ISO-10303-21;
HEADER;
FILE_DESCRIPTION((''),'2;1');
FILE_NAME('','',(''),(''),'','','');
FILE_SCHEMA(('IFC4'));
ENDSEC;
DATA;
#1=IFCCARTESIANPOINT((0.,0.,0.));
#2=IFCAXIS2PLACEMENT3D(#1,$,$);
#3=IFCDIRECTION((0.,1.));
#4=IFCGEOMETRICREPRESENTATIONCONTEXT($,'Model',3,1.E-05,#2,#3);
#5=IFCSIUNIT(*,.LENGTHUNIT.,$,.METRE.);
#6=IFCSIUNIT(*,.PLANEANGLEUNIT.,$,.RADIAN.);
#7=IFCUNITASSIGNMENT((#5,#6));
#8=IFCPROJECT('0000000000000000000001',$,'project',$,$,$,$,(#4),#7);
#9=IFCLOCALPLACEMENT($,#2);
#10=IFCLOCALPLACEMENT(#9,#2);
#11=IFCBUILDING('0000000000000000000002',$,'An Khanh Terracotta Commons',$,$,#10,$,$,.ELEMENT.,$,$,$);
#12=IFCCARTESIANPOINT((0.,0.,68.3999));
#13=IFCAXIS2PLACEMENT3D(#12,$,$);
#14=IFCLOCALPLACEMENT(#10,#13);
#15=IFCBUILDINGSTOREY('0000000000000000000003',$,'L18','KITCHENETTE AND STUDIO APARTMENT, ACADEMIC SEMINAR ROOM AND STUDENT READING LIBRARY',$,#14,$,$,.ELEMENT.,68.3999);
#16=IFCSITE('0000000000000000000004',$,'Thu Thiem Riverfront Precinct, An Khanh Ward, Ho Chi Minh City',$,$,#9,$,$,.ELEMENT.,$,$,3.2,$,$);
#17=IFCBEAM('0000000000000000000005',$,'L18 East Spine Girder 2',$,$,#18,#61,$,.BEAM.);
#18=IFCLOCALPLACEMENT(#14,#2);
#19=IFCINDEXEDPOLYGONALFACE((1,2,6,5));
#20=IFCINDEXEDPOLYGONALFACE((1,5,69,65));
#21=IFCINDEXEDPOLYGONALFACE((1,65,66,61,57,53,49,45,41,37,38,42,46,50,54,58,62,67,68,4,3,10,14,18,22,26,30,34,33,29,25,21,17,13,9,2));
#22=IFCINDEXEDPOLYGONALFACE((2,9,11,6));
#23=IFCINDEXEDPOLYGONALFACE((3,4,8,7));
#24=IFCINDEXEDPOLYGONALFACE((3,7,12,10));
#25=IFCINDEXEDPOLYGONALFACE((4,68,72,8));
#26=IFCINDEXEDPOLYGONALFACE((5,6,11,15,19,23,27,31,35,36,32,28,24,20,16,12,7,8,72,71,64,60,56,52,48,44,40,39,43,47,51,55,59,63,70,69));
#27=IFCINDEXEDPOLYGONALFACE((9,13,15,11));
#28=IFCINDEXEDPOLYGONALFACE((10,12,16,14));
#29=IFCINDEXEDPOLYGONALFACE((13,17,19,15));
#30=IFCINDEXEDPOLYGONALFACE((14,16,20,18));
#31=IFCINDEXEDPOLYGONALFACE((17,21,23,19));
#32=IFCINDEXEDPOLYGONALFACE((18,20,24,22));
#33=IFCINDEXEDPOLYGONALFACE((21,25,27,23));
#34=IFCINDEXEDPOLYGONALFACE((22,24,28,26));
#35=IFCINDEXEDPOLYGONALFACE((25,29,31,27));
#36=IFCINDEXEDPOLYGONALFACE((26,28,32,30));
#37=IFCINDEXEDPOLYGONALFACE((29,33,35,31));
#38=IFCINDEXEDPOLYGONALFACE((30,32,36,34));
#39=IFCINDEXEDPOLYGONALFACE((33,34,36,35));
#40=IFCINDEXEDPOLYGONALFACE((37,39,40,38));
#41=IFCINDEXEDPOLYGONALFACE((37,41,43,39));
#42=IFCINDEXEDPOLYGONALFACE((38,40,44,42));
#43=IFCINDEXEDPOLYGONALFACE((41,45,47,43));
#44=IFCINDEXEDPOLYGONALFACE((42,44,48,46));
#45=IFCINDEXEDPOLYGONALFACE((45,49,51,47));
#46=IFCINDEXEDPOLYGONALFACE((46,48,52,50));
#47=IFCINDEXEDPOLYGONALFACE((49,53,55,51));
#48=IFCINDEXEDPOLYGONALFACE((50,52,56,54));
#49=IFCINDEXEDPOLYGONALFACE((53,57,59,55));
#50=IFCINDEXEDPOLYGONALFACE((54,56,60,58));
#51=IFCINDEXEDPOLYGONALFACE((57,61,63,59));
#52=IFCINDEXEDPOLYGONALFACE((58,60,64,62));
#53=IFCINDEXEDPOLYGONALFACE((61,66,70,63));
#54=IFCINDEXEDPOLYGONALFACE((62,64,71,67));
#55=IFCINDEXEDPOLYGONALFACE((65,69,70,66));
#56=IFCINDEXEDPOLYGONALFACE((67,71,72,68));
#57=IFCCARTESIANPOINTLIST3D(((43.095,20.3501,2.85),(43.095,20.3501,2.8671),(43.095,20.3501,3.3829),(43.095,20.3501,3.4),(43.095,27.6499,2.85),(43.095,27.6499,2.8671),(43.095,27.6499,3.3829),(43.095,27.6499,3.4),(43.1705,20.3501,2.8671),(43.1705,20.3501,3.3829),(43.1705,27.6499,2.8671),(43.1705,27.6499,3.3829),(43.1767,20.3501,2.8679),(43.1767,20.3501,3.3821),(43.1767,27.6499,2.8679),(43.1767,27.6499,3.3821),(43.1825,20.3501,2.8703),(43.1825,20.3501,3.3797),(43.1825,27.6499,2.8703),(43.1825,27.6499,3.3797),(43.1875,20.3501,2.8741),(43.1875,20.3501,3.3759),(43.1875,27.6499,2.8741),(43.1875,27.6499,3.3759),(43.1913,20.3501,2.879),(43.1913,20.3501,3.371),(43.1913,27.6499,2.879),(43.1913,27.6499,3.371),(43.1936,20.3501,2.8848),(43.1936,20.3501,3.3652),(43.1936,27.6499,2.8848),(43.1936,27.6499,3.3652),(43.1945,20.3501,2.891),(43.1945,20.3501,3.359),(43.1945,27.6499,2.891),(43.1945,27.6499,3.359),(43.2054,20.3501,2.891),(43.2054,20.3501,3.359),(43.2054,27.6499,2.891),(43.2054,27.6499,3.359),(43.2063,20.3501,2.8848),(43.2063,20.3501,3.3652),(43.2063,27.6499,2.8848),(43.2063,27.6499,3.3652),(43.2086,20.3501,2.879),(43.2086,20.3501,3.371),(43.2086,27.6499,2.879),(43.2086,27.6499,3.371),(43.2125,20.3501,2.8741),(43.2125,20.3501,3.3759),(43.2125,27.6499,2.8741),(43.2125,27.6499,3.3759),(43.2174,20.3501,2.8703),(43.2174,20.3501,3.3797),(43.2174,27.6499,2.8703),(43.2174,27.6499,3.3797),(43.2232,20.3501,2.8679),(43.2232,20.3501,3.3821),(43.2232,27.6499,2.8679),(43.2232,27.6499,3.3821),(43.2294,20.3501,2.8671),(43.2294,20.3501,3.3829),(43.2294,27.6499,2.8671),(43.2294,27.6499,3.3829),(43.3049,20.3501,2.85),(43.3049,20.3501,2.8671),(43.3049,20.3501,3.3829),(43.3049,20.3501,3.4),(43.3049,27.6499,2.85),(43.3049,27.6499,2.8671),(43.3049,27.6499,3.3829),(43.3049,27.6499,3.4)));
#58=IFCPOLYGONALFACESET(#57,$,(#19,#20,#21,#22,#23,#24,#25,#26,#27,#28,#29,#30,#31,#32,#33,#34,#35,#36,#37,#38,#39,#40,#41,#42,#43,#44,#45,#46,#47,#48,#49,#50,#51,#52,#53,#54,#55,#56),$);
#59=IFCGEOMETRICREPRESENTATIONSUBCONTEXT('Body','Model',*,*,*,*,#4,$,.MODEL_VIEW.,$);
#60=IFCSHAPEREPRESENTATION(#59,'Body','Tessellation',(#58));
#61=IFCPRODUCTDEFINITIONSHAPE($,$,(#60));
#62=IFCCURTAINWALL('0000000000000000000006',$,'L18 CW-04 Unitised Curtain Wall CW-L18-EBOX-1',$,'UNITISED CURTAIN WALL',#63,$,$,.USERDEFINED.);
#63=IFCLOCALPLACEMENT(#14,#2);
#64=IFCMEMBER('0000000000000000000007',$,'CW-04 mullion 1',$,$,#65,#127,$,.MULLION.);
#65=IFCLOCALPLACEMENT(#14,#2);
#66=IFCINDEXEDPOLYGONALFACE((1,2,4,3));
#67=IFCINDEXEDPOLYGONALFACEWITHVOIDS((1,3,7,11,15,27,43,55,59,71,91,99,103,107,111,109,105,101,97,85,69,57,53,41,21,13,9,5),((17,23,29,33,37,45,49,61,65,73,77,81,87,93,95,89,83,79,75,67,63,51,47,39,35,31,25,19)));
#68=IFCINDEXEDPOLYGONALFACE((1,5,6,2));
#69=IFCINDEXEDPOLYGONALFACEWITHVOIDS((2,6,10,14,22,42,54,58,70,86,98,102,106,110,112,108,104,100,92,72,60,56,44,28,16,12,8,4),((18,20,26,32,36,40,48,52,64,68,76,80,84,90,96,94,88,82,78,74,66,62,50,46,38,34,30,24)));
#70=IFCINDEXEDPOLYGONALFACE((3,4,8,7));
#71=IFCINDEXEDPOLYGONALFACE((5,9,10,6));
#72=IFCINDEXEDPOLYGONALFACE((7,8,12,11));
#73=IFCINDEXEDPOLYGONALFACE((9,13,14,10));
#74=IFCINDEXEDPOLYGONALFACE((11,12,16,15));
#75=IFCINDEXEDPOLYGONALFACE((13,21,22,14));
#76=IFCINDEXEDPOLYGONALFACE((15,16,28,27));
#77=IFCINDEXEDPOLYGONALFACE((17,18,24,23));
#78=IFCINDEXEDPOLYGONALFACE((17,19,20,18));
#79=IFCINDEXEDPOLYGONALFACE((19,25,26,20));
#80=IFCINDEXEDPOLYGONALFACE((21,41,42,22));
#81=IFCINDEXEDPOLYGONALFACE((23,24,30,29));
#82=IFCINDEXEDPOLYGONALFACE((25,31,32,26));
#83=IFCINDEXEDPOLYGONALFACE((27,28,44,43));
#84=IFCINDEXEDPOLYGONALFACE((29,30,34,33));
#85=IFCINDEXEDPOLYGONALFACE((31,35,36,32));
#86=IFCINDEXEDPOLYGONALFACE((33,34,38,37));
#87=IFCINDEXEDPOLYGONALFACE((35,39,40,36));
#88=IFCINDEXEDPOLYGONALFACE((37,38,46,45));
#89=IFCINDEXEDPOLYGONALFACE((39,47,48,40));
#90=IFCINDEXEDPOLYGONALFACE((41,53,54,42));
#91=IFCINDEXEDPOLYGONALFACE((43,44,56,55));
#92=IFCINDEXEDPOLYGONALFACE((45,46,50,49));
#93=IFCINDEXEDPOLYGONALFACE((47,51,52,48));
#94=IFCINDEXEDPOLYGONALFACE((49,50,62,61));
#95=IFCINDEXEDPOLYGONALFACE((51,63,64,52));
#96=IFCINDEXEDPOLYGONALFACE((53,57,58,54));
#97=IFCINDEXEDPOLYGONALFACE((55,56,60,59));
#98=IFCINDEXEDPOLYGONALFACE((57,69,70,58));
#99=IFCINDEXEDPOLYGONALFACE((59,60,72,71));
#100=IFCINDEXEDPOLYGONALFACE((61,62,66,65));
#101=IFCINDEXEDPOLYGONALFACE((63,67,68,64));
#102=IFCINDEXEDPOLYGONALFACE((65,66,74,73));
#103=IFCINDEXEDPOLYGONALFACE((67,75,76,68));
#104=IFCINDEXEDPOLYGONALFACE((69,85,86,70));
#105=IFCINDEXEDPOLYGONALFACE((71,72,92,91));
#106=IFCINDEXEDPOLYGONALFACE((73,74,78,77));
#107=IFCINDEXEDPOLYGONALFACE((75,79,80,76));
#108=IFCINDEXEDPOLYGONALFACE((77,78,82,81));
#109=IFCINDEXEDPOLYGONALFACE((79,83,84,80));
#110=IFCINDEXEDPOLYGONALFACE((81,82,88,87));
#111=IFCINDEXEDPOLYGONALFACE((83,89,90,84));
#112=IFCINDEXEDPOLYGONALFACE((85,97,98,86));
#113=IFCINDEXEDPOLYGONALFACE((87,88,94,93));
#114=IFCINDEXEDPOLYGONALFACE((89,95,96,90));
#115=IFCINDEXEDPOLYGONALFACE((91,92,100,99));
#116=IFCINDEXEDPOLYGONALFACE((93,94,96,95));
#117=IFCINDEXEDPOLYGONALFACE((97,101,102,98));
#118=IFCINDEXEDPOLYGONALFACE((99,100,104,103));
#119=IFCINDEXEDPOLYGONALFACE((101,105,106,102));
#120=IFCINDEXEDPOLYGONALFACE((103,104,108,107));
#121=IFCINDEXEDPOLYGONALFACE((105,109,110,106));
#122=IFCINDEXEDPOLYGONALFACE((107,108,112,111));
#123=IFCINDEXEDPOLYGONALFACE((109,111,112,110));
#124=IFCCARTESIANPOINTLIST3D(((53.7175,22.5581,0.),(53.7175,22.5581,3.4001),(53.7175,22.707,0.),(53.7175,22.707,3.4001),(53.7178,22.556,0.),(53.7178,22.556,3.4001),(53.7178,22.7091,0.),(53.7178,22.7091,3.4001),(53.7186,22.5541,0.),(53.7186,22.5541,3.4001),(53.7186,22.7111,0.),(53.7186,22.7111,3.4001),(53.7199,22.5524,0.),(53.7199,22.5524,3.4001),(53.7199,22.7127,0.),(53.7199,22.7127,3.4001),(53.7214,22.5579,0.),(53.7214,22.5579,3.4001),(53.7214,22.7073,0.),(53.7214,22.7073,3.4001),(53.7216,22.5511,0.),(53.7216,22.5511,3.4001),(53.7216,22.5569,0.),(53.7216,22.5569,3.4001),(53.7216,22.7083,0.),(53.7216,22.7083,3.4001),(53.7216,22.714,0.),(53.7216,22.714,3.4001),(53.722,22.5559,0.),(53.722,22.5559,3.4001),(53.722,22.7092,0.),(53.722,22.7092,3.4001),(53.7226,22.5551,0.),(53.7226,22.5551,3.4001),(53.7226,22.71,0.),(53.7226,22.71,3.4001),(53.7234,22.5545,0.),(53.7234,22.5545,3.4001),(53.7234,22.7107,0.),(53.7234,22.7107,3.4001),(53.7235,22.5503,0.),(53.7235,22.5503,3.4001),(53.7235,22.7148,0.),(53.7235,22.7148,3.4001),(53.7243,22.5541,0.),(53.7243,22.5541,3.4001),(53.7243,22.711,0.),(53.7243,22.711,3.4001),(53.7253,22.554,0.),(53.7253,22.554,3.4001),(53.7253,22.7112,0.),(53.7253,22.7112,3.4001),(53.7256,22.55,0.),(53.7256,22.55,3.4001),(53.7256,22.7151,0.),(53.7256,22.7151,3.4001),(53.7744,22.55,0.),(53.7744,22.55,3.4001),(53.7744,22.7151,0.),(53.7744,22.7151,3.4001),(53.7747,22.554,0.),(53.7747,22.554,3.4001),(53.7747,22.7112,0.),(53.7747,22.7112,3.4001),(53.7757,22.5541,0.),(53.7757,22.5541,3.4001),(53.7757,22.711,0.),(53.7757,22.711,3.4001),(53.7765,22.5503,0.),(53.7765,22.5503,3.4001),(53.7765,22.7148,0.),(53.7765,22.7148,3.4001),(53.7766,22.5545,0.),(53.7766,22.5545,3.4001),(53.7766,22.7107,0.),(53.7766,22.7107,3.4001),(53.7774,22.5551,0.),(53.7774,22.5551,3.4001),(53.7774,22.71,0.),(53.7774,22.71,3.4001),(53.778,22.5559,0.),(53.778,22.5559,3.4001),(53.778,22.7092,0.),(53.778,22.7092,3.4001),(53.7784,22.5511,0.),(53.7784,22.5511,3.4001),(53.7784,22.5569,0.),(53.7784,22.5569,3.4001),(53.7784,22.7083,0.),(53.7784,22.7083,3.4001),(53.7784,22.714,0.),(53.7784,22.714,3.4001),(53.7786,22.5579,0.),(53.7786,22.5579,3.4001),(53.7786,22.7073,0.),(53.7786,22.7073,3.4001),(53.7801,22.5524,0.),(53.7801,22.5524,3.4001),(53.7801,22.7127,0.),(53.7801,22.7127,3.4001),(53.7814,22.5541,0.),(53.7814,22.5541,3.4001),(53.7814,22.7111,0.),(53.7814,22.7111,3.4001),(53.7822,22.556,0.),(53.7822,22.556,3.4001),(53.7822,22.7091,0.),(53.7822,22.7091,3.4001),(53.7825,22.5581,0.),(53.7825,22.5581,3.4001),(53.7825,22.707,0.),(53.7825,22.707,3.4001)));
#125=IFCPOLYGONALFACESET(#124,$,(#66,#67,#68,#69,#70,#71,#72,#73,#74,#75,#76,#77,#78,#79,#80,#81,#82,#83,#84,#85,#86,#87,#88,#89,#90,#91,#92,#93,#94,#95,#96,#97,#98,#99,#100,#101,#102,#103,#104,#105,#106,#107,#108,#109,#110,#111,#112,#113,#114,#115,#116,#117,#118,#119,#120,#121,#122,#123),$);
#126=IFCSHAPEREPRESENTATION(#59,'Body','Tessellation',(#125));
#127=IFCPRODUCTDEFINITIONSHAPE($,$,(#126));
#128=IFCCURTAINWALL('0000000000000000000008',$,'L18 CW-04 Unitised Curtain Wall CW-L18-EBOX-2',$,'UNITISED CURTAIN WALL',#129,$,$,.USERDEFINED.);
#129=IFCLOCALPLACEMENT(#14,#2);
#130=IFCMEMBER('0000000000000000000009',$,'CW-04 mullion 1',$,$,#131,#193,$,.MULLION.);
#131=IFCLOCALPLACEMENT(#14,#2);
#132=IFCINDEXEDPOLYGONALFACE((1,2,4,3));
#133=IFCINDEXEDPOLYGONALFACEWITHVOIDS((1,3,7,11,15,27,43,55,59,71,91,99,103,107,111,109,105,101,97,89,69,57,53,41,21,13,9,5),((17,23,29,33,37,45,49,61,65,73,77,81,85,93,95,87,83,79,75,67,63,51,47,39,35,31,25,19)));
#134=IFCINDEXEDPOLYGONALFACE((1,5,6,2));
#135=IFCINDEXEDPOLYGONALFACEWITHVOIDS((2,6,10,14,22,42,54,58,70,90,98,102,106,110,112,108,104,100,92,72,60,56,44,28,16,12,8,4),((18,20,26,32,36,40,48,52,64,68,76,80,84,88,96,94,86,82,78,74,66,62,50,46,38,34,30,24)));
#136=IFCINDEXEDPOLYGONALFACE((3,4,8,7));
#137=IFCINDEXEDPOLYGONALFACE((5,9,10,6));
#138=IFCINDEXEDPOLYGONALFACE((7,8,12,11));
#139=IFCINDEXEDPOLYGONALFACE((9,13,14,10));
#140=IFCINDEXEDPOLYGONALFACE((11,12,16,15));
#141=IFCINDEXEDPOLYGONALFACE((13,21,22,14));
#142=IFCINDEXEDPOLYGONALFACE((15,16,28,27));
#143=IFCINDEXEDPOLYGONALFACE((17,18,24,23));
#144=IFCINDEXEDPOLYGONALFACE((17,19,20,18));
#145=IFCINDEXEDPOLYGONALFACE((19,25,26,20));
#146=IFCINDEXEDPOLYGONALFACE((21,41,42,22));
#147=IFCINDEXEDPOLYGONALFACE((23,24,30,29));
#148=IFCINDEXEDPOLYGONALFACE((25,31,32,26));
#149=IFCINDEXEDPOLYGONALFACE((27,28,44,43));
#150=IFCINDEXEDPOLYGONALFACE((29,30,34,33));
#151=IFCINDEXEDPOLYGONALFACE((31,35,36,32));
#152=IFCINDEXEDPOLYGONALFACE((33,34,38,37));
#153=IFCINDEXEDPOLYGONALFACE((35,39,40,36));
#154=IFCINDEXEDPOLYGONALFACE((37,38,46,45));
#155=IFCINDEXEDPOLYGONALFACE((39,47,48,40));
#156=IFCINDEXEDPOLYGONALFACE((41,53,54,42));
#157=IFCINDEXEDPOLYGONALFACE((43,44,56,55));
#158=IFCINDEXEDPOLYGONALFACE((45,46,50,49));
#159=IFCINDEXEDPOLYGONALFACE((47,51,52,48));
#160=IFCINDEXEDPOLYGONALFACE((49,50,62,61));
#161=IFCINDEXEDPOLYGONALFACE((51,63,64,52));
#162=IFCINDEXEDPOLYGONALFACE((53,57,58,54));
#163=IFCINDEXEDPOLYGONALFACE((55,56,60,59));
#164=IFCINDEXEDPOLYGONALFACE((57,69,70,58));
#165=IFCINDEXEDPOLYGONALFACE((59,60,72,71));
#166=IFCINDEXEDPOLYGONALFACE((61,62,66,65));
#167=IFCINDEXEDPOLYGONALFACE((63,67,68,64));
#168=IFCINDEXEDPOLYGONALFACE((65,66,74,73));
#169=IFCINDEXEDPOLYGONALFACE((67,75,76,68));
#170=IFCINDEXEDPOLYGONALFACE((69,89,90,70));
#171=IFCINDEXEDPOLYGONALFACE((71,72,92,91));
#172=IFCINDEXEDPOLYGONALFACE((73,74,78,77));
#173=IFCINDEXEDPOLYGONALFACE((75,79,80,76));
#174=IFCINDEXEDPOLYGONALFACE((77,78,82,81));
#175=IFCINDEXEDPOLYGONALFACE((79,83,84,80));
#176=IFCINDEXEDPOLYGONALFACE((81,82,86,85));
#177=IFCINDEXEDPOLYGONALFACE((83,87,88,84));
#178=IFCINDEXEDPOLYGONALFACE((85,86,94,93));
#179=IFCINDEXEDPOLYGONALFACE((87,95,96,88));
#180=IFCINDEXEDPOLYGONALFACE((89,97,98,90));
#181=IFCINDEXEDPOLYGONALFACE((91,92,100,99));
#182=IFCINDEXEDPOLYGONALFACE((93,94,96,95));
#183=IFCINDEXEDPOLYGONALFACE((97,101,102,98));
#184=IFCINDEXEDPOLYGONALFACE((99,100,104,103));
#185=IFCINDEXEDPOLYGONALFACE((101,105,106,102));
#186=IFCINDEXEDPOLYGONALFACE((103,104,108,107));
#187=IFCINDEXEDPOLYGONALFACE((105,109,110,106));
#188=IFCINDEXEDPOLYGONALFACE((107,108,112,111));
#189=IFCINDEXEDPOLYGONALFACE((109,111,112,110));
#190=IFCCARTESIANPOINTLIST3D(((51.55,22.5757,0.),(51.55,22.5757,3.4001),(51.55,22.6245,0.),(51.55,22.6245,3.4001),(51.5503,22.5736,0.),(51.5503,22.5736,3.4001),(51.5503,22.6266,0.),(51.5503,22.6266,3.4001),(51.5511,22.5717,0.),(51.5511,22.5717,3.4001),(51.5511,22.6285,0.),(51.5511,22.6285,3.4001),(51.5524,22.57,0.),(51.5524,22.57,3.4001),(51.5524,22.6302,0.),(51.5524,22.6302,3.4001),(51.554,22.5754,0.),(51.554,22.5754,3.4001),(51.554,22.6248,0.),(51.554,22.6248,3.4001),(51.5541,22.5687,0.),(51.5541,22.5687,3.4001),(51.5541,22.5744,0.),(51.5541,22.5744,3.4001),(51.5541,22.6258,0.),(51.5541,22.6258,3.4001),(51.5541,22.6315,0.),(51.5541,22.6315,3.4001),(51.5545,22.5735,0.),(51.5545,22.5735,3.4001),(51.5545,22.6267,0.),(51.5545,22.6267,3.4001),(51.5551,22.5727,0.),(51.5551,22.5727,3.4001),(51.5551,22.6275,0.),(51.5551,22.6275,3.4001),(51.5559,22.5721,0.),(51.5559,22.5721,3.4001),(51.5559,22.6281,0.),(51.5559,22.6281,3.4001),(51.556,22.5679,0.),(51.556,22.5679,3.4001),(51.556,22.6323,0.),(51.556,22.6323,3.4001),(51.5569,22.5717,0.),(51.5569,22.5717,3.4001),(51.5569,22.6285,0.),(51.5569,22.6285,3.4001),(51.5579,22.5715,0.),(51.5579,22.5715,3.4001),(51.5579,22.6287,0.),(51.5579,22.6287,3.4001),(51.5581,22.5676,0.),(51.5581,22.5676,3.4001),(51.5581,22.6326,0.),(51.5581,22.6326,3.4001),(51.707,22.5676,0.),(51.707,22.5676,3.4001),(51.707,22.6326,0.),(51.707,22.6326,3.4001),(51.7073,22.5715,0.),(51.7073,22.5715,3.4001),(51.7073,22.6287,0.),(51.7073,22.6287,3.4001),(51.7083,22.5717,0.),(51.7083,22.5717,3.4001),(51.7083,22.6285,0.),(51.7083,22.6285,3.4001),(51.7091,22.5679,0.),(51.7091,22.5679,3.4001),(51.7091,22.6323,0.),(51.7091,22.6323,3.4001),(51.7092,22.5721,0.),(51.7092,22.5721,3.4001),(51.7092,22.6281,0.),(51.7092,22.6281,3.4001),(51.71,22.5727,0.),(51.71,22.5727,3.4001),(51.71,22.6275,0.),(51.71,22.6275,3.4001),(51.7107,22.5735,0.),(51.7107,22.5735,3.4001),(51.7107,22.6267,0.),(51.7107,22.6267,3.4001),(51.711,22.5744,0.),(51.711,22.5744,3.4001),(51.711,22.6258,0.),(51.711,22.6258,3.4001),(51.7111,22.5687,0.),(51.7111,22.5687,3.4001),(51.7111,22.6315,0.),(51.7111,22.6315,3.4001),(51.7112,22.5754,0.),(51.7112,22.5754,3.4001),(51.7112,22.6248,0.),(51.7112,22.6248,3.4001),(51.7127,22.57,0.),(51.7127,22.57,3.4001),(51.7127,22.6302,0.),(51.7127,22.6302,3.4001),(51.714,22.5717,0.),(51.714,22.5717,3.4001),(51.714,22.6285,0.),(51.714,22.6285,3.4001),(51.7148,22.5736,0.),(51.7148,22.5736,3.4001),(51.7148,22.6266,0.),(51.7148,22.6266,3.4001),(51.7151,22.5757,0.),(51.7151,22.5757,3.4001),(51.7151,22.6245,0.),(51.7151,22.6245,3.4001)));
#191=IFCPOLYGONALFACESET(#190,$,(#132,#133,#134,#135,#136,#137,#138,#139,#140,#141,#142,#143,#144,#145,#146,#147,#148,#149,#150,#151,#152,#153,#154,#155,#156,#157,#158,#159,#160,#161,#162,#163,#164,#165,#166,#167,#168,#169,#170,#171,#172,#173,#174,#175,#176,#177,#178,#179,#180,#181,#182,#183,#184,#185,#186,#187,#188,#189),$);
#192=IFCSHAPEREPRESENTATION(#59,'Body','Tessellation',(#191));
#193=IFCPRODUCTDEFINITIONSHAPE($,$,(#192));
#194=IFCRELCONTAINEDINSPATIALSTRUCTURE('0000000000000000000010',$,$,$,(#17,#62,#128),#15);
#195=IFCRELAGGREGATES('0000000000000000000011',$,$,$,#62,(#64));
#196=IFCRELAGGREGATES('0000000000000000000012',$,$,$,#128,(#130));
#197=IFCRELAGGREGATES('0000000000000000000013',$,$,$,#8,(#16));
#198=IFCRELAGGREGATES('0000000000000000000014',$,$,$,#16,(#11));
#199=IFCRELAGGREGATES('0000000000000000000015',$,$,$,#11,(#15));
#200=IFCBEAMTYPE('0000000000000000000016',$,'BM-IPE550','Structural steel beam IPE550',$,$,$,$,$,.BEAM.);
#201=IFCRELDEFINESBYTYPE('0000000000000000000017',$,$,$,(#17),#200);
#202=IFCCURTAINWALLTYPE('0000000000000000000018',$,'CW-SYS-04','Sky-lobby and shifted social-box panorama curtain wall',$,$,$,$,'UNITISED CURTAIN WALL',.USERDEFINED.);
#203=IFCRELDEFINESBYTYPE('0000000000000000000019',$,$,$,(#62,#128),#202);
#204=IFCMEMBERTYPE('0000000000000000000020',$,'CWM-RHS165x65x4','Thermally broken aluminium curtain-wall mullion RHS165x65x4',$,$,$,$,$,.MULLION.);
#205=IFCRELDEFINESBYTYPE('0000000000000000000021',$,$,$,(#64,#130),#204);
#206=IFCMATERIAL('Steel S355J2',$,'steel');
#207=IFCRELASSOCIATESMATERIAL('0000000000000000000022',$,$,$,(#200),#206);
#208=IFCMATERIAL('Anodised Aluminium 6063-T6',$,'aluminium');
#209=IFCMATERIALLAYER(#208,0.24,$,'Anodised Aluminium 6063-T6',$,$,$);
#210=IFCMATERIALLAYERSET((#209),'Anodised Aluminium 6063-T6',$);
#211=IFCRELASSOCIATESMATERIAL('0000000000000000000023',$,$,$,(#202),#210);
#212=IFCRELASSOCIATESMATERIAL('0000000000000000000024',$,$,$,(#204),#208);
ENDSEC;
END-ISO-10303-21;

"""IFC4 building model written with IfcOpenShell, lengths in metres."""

from ifc_helpers import new_model, si_unit, direction, frame, origin, origin_2d, place, context, subcontext, project, spatial, hollow_rectangle, i_section, extrude, material, layer, layer_set, material_profile, profile_set, type_object, element, aggregate, save


model = new_model("IFC4")

# Units and contexts
model_context = context("Model", 3, precision=1e-05, world=origin(), true_north=direction((0.0, 1.0)))
body_context = subcontext(model_context, "Body", "Model", "MODEL_VIEW")
ifc_project = project(units=[si_unit("LENGTHUNIT", "METRE"), si_unit("PLANEANGLEUNIT", "RADIAN")], contexts=[model_context])

# Site, building, storey
site_placement = place(None, origin())
site = spatial("IfcSite", under=ifc_project, at=site_placement, Name="Thu Thiem Riverfront Precinct, An Khanh Ward, Ho Chi Minh City", CompositionType="ELEMENT", RefElevation=3.2)
building_placement = place(site_placement, origin())
building = spatial("IfcBuilding", under=site, at=building_placement, Name="An Khanh Terracotta Commons", CompositionType="ELEMENT")
storey_placement = place(building_placement, frame((0.0, 0.0, 68.3999)))
storey = spatial("IfcBuildingStorey", under=building, at=storey_placement, Name="L18", Description="KITCHENETTE AND STUDIO APARTMENT, ACADEMIC SEMINAR ROOM AND STUDENT READING LIBRARY", CompositionType="ELEMENT", Elevation=68.3999)

# Beam
ifc_material_1 = material(Name="Steel S355J2", Category="steel")
ifc_material_profile_1 = material_profile(ifc_material_1, i_section(OverallWidth=0.21, OverallDepth=0.55, WebThickness=0.011, FlangeThickness=0.0171, FilletRadius=0.0239, at=origin_2d()), Name="IPE550")
ifc_profile_set_1 = profile_set([ifc_material_profile_1], Name="Steel S355J2")
beam_type_1 = type_object("IfcBeamType", Name="BM-IPE550", Description="Structural steel beam IPE550", PredefinedType="BEAM", material=ifc_profile_set_1)
beam_1_placement = place(storey_placement, frame((43.2, 20.3501, 3.125), z_axis=(0.0, 1.0, 0.0), x_axis=(-1.0, 0.0, 0.0)))
element("IfcBeam", 1, at=beam_1_placement, inside=storey, type_object=beam_type_1, Name="L18 East Spine Girder 2", PredefinedType="BEAM", context=body_context, shape_type="SweptSolid", body=[
    extrude(i_section(OverallWidth=0.21, OverallDepth=0.55, WebThickness=0.011, FlangeThickness=0.0171, FilletRadius=0.0239, at=origin_2d()), origin(), (0.0, 0.0, 1.0), 7.2998),
])

# Curtain wall, member
ifc_material_2 = material(Name="Anodised Aluminium 6063-T6", Category="aluminium")
ifc_layer_1 = layer(ifc_material_2, 0.24, Name="Anodised Aluminium 6063-T6")
ifc_layer_set_1 = layer_set([ifc_layer_1], Name="Anodised Aluminium 6063-T6")
curtain_wall_type = type_object("IfcCurtainWallType", Name="CW-SYS-04", Description="Sky-lobby and shifted social-box panorama curtain wall", ElementType="UNITISED CURTAIN WALL", PredefinedType="USERDEFINED", material=ifc_layer_set_1)
curtain_wall_1_placement = place(storey_placement, origin())
curtain_wall_1 = element("IfcCurtainWall", 2, at=curtain_wall_1_placement, inside=storey, type_object=curtain_wall_type, Name="L18 CW-04 Unitised Curtain Wall CW-L18-EBOX-1", ObjectType="UNITISED CURTAIN WALL", PredefinedType="USERDEFINED")
ifc_material_profile_2 = material_profile(ifc_material_2, hollow_rectangle(XDim=0.0649, YDim=0.165, WallThickness=0.0039, InnerFilletRadius=0.0039, OuterFilletRadius=0.0081, at=origin_2d()), Name="RHS165x65x4")
ifc_profile_set_2 = profile_set([ifc_material_profile_2], Name="Anodised Aluminium 6063-T6")
member_type_1 = type_object("IfcMemberType", Name="CWM-RHS165x65x4", Description="Thermally broken aluminium curtain-wall mullion RHS165x65x4", PredefinedType="MULLION", material=ifc_profile_set_2)
member_1_placement = place(storey_placement, frame((53.75, 22.6326, 0.0), z_axis=(0.0, 0.0, 1.0), x_axis=(-1.0, 0.0, 0.0)))
member_1 = element("IfcMember", 3, at=member_1_placement, type_object=member_type_1, Name="CW-04 mullion 1", PredefinedType="MULLION", context=body_context, shape_type="SweptSolid", body=[
    extrude(hollow_rectangle(XDim=0.0649, YDim=0.165, WallThickness=0.0039, InnerFilletRadius=0.0039, OuterFilletRadius=0.0081, at=origin_2d()), origin(), (0.0, 0.0, 1.0), 3.4001),
])

# Curtain wall, member
curtain_wall_2_placement = place(storey_placement, origin())
curtain_wall_2 = element("IfcCurtainWall", 4, at=curtain_wall_2_placement, inside=storey, type_object=curtain_wall_type, Name="L18 CW-04 Unitised Curtain Wall CW-L18-EBOX-2", ObjectType="UNITISED CURTAIN WALL", PredefinedType="USERDEFINED")
member_2_placement = place(storey_placement, frame((51.6326, 22.6001, 0.0), z_axis=(0.0, 0.0, 1.0), x_axis=(0.0, 1.0, 0.0)))
member_2 = element("IfcMember", 5, at=member_2_placement, type_object=member_type_1, Name="CW-04 mullion 1", PredefinedType="MULLION", context=body_context, shape_type="SweptSolid", body=[
    extrude(hollow_rectangle(XDim=0.0649, YDim=0.165, WallThickness=0.0039, InnerFilletRadius=0.0039, OuterFilletRadius=0.0081, at=origin_2d()), origin(), (0.0, 0.0, 1.0), 3.4001),
])

aggregate(curtain_wall_1, [member_1])

aggregate(curtain_wall_2, [member_2])

save(model, "model.ifc")
